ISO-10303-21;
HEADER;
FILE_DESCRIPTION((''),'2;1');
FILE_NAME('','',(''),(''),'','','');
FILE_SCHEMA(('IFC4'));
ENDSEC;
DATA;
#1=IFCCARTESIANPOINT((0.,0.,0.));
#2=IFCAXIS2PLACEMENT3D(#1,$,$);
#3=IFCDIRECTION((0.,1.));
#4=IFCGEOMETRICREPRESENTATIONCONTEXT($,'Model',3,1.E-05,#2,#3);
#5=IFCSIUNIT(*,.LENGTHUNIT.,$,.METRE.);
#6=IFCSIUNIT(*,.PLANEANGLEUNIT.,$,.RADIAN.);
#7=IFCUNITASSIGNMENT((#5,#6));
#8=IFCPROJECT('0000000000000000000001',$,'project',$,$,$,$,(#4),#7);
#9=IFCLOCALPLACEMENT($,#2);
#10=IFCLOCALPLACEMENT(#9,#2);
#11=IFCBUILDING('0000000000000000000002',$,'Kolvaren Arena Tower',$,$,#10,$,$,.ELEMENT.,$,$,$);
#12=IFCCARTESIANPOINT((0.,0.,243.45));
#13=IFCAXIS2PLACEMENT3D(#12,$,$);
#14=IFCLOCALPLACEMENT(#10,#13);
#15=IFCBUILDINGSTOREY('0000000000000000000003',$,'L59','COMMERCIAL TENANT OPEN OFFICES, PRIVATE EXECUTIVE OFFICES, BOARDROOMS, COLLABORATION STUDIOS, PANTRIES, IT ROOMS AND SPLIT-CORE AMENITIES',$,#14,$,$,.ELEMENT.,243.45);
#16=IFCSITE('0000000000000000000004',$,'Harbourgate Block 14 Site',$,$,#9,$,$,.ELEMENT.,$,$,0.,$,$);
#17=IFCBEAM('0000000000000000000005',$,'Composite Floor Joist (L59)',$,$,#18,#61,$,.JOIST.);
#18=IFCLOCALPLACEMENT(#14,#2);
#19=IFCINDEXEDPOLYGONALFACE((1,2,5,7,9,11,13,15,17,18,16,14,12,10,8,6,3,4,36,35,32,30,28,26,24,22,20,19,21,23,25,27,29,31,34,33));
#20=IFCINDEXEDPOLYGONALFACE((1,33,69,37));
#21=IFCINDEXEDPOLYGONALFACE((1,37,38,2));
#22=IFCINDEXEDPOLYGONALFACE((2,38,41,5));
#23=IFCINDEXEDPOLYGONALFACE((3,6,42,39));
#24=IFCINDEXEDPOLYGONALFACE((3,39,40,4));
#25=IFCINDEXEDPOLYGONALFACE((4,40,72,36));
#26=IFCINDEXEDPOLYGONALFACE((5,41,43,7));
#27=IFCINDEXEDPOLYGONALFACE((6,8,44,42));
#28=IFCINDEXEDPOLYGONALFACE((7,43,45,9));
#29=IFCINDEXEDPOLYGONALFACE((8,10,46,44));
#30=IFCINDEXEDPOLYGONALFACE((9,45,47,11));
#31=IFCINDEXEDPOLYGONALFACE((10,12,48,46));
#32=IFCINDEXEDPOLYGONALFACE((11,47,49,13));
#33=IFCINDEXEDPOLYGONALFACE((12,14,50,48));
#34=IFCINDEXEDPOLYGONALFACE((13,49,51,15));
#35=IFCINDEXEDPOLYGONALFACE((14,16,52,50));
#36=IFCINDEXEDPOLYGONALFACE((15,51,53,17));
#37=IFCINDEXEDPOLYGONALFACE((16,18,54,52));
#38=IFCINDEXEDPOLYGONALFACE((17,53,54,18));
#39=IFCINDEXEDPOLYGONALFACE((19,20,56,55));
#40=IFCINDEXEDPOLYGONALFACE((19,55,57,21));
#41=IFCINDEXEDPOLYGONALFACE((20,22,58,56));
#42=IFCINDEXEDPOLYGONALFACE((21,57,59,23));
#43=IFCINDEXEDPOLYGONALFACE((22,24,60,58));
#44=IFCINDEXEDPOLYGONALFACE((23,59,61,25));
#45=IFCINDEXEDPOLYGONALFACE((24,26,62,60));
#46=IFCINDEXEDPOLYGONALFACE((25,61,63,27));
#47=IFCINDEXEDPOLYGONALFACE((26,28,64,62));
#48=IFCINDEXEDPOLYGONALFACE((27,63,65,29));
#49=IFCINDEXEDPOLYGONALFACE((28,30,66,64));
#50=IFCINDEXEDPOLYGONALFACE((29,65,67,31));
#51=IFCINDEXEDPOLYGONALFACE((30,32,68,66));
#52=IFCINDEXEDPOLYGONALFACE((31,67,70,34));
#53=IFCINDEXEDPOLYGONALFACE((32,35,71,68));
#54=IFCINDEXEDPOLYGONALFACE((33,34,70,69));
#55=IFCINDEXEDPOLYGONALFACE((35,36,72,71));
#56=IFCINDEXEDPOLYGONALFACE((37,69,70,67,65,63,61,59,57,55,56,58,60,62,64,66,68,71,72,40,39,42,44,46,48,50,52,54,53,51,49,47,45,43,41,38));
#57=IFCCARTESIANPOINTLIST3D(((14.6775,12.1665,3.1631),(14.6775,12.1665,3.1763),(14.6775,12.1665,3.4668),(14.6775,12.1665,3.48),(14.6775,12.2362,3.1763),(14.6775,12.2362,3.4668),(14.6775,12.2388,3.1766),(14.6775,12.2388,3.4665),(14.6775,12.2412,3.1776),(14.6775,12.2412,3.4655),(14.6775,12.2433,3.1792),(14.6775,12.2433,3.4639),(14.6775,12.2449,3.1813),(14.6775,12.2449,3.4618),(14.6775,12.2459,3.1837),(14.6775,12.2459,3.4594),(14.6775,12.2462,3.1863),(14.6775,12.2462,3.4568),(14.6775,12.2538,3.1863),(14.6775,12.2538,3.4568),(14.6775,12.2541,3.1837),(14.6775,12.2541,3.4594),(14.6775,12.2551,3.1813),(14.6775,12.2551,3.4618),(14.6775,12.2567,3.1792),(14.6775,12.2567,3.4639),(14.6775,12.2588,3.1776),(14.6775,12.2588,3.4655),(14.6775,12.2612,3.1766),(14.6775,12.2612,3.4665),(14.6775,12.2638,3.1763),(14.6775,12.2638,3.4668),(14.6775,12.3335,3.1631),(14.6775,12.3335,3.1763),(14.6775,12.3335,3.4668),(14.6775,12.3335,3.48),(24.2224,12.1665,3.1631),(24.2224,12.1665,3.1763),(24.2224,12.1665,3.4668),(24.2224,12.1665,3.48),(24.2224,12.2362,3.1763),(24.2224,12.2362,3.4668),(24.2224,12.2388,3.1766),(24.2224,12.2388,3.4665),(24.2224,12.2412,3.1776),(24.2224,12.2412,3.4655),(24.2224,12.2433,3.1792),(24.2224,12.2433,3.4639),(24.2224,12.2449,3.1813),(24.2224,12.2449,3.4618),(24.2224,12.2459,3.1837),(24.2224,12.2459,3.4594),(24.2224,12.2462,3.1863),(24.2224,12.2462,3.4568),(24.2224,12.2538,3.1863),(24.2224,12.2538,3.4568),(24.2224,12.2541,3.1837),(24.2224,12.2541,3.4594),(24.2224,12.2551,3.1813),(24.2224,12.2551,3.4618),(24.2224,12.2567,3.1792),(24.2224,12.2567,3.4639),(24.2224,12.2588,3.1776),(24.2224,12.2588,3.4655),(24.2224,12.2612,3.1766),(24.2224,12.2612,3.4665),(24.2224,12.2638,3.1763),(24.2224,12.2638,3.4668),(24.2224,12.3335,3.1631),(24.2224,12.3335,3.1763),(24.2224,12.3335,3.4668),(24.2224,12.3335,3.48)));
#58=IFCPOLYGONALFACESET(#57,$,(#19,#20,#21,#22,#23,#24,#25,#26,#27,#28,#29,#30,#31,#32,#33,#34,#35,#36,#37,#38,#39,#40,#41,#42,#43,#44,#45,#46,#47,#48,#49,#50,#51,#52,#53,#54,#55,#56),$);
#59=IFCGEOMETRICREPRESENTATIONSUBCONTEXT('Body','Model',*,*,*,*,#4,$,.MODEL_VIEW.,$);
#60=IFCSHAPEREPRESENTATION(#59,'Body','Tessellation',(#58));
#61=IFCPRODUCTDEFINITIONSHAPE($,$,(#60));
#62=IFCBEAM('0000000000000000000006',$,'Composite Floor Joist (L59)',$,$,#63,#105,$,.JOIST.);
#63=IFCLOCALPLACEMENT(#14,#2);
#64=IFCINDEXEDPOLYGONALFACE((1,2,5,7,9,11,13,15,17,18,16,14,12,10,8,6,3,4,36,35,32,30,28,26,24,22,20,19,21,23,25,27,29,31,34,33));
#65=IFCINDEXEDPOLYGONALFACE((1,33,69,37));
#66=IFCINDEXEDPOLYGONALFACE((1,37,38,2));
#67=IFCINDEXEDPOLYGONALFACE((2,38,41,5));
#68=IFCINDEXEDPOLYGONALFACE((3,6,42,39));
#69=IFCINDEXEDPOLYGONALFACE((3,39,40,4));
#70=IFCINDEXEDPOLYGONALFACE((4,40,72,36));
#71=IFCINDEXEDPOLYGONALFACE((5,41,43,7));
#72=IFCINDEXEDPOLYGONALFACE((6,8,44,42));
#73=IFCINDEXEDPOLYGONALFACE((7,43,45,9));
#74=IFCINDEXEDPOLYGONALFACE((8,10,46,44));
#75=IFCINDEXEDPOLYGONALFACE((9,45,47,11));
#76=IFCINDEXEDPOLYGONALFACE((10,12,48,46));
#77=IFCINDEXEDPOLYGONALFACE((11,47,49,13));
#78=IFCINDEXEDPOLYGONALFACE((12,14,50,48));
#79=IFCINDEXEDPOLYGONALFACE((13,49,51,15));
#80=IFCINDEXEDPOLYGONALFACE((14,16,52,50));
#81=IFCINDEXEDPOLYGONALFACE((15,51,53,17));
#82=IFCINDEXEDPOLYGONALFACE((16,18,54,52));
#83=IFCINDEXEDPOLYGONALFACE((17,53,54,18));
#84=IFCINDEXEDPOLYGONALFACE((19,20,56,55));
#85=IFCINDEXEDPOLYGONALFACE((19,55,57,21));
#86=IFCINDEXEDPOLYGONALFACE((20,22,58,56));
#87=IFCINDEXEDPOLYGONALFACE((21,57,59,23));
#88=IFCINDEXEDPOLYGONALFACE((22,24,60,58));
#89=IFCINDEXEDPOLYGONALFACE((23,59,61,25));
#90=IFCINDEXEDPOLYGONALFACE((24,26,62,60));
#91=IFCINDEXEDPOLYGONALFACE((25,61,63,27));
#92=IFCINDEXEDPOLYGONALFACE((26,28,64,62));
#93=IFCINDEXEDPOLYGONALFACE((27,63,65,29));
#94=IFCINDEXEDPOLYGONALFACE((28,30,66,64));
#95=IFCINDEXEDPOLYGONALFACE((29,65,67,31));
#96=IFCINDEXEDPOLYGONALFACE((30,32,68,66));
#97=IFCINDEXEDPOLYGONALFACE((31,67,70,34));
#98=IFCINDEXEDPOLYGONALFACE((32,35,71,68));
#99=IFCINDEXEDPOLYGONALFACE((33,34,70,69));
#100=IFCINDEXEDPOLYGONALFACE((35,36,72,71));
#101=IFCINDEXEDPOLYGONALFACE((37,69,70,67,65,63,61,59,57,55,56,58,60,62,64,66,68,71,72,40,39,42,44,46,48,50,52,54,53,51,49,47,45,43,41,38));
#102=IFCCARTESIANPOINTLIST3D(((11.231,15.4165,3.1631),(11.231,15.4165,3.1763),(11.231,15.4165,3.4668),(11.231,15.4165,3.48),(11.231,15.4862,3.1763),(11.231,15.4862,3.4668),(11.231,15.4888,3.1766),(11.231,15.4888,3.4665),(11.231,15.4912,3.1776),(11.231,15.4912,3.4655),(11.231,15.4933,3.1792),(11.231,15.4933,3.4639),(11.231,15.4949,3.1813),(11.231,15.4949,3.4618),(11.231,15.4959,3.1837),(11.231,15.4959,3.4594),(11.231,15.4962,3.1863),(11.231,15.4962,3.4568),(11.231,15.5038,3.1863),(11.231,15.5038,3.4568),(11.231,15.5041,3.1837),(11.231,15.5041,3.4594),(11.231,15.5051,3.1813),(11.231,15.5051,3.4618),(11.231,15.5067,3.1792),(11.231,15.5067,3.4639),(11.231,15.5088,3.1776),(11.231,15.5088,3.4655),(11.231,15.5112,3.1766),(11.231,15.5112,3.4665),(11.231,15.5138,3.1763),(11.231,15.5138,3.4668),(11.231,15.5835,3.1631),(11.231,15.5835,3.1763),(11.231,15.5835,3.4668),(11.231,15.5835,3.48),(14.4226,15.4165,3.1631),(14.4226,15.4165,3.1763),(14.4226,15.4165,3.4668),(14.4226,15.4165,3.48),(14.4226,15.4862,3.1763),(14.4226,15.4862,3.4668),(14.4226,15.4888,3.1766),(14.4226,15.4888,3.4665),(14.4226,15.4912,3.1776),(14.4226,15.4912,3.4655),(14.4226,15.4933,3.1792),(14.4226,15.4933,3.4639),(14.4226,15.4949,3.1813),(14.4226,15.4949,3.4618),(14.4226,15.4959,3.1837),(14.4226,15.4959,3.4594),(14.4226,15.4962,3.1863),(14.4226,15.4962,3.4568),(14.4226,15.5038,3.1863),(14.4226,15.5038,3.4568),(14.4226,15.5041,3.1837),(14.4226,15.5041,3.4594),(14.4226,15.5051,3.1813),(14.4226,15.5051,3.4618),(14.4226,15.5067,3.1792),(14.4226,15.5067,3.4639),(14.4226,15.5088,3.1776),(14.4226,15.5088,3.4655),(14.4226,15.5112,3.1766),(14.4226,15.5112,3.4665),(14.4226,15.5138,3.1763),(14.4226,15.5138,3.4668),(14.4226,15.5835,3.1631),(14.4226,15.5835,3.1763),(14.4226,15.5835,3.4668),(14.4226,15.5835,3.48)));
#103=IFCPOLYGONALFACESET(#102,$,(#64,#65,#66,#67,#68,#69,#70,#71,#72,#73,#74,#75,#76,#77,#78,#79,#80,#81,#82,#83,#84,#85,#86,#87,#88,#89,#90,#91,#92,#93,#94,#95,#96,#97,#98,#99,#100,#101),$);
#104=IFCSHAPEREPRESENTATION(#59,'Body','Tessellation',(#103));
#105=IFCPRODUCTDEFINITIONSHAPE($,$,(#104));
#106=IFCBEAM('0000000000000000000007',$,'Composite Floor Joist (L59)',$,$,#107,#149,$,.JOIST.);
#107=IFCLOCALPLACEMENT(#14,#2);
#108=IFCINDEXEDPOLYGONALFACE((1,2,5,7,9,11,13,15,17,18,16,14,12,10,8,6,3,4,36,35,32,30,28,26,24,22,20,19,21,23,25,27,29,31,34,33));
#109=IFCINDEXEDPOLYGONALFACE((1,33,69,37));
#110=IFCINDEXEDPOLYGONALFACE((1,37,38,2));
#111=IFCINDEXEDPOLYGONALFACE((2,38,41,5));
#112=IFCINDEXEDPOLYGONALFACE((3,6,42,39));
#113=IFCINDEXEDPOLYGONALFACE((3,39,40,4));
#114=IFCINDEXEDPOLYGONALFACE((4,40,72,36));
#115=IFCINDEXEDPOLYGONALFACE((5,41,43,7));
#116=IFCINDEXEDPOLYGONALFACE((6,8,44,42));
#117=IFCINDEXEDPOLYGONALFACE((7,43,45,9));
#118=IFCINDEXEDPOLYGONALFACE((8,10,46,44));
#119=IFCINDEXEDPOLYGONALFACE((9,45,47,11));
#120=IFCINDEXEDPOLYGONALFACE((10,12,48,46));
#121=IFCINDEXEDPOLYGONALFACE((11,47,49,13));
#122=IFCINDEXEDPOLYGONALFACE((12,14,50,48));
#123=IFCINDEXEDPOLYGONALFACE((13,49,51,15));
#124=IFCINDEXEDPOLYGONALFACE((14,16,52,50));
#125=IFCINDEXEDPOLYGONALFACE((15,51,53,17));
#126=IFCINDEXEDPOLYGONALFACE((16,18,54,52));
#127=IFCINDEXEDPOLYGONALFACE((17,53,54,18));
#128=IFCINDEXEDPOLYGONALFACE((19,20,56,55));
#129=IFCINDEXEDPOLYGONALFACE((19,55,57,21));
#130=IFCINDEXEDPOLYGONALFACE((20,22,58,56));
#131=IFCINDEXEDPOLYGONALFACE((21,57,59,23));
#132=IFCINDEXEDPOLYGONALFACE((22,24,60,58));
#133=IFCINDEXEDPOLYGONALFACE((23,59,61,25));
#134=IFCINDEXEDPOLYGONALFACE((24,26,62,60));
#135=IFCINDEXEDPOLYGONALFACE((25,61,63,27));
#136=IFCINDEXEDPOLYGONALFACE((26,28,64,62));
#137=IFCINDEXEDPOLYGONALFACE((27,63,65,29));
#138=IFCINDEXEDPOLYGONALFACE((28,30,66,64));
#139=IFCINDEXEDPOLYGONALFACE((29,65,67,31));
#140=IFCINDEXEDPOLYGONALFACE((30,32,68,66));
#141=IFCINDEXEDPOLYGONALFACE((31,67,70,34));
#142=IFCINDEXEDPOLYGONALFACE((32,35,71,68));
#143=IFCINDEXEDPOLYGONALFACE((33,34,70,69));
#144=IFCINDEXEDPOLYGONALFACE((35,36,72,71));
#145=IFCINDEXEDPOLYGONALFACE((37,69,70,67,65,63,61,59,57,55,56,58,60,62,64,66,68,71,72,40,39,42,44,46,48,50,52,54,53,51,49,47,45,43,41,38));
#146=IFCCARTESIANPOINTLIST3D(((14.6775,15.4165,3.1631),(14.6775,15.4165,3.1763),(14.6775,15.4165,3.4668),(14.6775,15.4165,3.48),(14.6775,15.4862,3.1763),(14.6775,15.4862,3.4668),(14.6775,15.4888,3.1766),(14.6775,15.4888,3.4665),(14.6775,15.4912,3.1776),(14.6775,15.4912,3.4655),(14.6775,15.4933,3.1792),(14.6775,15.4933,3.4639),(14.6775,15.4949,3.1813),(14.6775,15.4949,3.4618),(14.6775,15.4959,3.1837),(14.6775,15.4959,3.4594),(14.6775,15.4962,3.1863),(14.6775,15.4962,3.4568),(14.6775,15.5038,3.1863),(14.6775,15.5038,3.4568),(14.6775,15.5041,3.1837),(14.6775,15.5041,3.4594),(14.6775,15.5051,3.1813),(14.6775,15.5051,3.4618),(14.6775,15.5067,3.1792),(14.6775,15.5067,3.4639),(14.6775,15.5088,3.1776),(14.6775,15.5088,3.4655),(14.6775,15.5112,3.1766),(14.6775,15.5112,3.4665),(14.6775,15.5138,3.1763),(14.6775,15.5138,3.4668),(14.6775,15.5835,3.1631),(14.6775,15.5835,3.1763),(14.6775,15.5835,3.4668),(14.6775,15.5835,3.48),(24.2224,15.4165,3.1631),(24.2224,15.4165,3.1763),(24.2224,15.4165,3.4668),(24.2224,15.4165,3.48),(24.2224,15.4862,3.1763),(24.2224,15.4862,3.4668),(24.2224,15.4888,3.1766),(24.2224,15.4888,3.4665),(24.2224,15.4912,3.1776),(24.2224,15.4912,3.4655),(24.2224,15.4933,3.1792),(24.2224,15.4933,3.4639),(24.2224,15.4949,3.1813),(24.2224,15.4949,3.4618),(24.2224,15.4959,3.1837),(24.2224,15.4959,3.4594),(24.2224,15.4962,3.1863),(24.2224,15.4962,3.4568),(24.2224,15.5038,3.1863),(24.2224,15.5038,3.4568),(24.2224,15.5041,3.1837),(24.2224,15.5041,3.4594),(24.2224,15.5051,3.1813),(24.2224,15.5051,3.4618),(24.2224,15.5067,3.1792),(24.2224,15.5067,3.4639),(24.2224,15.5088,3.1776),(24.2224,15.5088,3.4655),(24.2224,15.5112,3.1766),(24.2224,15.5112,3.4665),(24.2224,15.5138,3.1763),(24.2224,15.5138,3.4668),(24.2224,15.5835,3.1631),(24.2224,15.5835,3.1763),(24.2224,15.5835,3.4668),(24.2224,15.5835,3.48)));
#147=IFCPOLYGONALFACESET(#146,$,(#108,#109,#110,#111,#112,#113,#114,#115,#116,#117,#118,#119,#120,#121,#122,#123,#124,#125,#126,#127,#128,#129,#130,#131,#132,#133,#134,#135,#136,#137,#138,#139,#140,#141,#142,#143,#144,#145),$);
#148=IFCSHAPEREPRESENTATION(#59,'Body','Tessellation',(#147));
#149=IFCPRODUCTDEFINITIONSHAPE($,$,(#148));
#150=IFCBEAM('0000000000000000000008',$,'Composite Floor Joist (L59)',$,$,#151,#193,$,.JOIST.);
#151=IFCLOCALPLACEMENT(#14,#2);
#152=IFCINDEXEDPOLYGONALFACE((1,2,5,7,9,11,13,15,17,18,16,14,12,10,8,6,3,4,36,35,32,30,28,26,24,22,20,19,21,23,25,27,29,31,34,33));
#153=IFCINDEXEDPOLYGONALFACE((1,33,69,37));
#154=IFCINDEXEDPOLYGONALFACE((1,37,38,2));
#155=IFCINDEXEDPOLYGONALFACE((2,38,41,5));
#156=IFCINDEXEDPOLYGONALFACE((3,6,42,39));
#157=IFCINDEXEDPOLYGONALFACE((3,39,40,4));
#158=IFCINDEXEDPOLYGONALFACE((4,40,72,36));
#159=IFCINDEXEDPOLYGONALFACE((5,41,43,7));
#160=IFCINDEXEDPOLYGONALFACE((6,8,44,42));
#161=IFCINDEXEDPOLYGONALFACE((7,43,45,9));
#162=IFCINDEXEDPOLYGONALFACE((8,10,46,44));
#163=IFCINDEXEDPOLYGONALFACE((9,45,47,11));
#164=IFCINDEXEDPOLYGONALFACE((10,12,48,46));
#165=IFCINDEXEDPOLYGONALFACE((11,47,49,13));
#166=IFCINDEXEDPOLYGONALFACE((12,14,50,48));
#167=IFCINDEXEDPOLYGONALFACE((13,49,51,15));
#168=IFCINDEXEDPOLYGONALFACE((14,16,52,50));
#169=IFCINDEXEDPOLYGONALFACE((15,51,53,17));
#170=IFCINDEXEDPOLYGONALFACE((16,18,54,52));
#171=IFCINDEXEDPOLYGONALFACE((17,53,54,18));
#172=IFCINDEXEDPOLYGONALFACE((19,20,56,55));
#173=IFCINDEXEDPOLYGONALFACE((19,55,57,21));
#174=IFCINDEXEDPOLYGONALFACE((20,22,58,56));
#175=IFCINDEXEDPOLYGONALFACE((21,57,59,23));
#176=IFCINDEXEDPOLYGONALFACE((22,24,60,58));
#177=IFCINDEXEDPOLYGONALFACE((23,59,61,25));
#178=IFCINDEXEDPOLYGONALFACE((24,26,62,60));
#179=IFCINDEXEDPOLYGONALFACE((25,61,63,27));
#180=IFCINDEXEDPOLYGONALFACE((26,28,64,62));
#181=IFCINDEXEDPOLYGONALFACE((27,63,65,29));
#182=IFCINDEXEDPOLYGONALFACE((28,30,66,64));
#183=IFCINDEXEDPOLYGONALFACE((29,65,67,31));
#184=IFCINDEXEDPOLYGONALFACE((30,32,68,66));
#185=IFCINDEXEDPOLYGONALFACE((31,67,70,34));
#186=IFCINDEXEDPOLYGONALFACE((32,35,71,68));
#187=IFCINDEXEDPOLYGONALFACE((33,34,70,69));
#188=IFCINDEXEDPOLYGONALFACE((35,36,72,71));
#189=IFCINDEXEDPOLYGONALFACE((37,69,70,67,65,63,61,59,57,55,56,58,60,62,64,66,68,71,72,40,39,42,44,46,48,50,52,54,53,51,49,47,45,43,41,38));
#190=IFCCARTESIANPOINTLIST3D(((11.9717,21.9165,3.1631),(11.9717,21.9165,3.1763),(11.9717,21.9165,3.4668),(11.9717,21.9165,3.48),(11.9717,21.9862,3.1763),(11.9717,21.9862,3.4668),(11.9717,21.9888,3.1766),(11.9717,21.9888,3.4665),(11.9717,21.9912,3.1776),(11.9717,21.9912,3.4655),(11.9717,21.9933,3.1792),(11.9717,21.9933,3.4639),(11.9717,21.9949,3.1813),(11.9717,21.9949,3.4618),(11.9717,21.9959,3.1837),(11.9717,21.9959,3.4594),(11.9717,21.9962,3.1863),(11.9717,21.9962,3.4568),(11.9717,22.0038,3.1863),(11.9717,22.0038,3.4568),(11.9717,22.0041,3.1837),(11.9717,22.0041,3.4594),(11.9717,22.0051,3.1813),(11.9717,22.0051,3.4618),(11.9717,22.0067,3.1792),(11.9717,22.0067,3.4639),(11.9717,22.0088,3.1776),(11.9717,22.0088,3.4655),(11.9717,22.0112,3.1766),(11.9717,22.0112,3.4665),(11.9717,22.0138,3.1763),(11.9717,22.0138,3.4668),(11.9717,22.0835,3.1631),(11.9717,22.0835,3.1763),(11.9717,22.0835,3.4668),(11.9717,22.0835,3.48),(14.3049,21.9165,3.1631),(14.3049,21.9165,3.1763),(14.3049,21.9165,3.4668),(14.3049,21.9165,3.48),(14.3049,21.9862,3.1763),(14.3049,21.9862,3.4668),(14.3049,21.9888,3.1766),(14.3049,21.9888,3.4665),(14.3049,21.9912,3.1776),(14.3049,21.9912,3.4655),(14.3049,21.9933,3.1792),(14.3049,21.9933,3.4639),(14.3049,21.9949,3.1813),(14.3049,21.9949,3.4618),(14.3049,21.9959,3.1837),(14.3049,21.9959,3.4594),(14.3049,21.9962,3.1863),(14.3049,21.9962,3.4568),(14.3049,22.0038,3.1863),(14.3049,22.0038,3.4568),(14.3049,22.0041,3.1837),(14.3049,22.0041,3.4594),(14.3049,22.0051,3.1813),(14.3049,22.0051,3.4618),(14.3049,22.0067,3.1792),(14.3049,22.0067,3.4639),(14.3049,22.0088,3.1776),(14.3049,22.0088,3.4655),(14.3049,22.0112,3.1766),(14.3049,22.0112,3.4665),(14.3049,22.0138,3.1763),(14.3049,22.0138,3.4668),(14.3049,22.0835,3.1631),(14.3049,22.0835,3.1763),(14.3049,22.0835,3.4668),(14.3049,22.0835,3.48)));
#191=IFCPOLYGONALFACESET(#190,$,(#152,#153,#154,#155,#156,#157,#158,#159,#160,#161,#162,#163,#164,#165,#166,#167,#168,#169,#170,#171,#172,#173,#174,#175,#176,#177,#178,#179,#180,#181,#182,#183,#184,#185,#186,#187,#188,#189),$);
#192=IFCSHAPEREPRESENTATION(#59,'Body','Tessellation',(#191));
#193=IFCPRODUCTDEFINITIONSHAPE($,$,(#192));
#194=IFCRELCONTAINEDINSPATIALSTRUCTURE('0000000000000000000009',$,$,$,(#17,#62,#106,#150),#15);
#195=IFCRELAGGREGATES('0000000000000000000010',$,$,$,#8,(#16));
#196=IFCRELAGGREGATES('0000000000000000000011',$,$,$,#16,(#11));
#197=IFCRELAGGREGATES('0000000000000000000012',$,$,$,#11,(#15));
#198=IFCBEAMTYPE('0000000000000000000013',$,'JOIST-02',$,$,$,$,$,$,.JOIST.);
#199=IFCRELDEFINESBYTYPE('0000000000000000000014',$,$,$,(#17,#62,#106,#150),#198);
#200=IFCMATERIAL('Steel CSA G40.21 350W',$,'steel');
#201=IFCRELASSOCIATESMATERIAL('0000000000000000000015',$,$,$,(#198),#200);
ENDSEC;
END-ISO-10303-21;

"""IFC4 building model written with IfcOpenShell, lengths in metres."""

from ifc_helpers import new_model, si_unit, direction, frame, origin, origin_2d, place, context, subcontext, project, spatial, i_section, extrude, material, material_profile, profile_set, type_object, element, save


model = new_model("IFC4")

# Units and contexts
model_context = context("Model", 3, precision=1e-05, world=origin(), true_north=direction((0.0, 1.0)))
body_context = subcontext(model_context, "Body", "Model", "MODEL_VIEW")
ifc_project = project(units=[si_unit("LENGTHUNIT", "METRE"), si_unit("PLANEANGLEUNIT", "RADIAN")], contexts=[model_context])

# Site, building, storey
site_placement = place(None, origin())
site = spatial("IfcSite", under=ifc_project, at=site_placement, Name="Harbourgate Block 14 Site", CompositionType="ELEMENT", RefElevation=0.0)
building_placement = place(site_placement, origin())
building = spatial("IfcBuilding", under=site, at=building_placement, Name="Kolvaren Arena Tower", CompositionType="ELEMENT")
storey_placement = place(building_placement, frame((0.0, 0.0, 243.45)))
storey = spatial("IfcBuildingStorey", under=building, at=storey_placement, Name="L59", Description="COMMERCIAL TENANT OPEN OFFICES, PRIVATE EXECUTIVE OFFICES, BOARDROOMS, COLLABORATION STUDIOS, PANTRIES, IT ROOMS AND SPLIT-CORE AMENITIES", CompositionType="ELEMENT", Elevation=243.45)

# Beams
ifc_material_1 = material(Name="Steel CSA G40.21 350W", Category="steel")
ifc_material_profile_1 = material_profile(ifc_material_1, i_section(OverallWidth=0.167, OverallDepth=0.3169, WebThickness=0.0076, FlangeThickness=0.0132, FilletRadius=0.01, at=origin_2d()), Name="W310x52")
ifc_profile_set_1 = profile_set([ifc_material_profile_1], Name="Steel CSA G40.21 350W")
beam_type_1 = type_object("IfcBeamType", Name="JOIST-02", PredefinedType="JOIST", material=ifc_profile_set_1)
beam_1_placement = place(storey_placement, frame((14.6775, 12.25, 3.3215), z_axis=(1.0, 0.0, 0.0), x_axis=(0.0, 1.0, 0.0)))
element("IfcBeam", 1, at=beam_1_placement, inside=storey, type_object=beam_type_1, Name="Composite Floor Joist (L59)", PredefinedType="JOIST", context=body_context, shape_type="SweptSolid", body=[
    extrude(i_section(OverallWidth=0.167, OverallDepth=0.3169, WebThickness=0.0076, FlangeThickness=0.0132, FilletRadius=0.01, at=origin_2d()), origin(), (0.0, 0.0, 1.0), 9.5449),
])
beam_2_placement = place(storey_placement, frame((11.231, 15.5, 3.3215), z_axis=(1.0, 0.0, 0.0), x_axis=(0.0, 1.0, 0.0)))
element("IfcBeam", 2, at=beam_2_placement, inside=storey, type_object=beam_type_1, Name="Composite Floor Joist (L59)", PredefinedType="JOIST", context=body_context, shape_type="SweptSolid", body=[
    extrude(i_section(OverallWidth=0.167, OverallDepth=0.3169, WebThickness=0.0076, FlangeThickness=0.0132, FilletRadius=0.01, at=origin_2d()), origin(), (0.0, 0.0, 1.0), 3.1917),
])
beam_3_placement = place(storey_placement, frame((14.6775, 15.5, 3.3215), z_axis=(1.0, 0.0, 0.0), x_axis=(0.0, 1.0, 0.0)))
element("IfcBeam", 3, at=beam_3_placement, inside=storey, type_object=beam_type_1, Name="Composite Floor Joist (L59)", PredefinedType="JOIST", context=body_context, shape_type="SweptSolid", body=[
    extrude(i_section(OverallWidth=0.167, OverallDepth=0.3169, WebThickness=0.0076, FlangeThickness=0.0132, FilletRadius=0.01, at=origin_2d()), origin(), (0.0, 0.0, 1.0), 9.5449),
])
beam_4_placement = place(storey_placement, frame((11.9717, 22.0, 3.3215), z_axis=(1.0, 0.0, 0.0), x_axis=(0.0, 1.0, 0.0)))
element("IfcBeam", 4, at=beam_4_placement, inside=storey, type_object=beam_type_1, Name="Composite Floor Joist (L59)", PredefinedType="JOIST", context=body_context, shape_type="SweptSolid", body=[
    extrude(i_section(OverallWidth=0.167, OverallDepth=0.3169, WebThickness=0.0076, FlangeThickness=0.0132, FilletRadius=0.01, at=origin_2d()), origin(), (0.0, 0.0, 1.0), 2.3333),
])

save(model, "model.ifc")
